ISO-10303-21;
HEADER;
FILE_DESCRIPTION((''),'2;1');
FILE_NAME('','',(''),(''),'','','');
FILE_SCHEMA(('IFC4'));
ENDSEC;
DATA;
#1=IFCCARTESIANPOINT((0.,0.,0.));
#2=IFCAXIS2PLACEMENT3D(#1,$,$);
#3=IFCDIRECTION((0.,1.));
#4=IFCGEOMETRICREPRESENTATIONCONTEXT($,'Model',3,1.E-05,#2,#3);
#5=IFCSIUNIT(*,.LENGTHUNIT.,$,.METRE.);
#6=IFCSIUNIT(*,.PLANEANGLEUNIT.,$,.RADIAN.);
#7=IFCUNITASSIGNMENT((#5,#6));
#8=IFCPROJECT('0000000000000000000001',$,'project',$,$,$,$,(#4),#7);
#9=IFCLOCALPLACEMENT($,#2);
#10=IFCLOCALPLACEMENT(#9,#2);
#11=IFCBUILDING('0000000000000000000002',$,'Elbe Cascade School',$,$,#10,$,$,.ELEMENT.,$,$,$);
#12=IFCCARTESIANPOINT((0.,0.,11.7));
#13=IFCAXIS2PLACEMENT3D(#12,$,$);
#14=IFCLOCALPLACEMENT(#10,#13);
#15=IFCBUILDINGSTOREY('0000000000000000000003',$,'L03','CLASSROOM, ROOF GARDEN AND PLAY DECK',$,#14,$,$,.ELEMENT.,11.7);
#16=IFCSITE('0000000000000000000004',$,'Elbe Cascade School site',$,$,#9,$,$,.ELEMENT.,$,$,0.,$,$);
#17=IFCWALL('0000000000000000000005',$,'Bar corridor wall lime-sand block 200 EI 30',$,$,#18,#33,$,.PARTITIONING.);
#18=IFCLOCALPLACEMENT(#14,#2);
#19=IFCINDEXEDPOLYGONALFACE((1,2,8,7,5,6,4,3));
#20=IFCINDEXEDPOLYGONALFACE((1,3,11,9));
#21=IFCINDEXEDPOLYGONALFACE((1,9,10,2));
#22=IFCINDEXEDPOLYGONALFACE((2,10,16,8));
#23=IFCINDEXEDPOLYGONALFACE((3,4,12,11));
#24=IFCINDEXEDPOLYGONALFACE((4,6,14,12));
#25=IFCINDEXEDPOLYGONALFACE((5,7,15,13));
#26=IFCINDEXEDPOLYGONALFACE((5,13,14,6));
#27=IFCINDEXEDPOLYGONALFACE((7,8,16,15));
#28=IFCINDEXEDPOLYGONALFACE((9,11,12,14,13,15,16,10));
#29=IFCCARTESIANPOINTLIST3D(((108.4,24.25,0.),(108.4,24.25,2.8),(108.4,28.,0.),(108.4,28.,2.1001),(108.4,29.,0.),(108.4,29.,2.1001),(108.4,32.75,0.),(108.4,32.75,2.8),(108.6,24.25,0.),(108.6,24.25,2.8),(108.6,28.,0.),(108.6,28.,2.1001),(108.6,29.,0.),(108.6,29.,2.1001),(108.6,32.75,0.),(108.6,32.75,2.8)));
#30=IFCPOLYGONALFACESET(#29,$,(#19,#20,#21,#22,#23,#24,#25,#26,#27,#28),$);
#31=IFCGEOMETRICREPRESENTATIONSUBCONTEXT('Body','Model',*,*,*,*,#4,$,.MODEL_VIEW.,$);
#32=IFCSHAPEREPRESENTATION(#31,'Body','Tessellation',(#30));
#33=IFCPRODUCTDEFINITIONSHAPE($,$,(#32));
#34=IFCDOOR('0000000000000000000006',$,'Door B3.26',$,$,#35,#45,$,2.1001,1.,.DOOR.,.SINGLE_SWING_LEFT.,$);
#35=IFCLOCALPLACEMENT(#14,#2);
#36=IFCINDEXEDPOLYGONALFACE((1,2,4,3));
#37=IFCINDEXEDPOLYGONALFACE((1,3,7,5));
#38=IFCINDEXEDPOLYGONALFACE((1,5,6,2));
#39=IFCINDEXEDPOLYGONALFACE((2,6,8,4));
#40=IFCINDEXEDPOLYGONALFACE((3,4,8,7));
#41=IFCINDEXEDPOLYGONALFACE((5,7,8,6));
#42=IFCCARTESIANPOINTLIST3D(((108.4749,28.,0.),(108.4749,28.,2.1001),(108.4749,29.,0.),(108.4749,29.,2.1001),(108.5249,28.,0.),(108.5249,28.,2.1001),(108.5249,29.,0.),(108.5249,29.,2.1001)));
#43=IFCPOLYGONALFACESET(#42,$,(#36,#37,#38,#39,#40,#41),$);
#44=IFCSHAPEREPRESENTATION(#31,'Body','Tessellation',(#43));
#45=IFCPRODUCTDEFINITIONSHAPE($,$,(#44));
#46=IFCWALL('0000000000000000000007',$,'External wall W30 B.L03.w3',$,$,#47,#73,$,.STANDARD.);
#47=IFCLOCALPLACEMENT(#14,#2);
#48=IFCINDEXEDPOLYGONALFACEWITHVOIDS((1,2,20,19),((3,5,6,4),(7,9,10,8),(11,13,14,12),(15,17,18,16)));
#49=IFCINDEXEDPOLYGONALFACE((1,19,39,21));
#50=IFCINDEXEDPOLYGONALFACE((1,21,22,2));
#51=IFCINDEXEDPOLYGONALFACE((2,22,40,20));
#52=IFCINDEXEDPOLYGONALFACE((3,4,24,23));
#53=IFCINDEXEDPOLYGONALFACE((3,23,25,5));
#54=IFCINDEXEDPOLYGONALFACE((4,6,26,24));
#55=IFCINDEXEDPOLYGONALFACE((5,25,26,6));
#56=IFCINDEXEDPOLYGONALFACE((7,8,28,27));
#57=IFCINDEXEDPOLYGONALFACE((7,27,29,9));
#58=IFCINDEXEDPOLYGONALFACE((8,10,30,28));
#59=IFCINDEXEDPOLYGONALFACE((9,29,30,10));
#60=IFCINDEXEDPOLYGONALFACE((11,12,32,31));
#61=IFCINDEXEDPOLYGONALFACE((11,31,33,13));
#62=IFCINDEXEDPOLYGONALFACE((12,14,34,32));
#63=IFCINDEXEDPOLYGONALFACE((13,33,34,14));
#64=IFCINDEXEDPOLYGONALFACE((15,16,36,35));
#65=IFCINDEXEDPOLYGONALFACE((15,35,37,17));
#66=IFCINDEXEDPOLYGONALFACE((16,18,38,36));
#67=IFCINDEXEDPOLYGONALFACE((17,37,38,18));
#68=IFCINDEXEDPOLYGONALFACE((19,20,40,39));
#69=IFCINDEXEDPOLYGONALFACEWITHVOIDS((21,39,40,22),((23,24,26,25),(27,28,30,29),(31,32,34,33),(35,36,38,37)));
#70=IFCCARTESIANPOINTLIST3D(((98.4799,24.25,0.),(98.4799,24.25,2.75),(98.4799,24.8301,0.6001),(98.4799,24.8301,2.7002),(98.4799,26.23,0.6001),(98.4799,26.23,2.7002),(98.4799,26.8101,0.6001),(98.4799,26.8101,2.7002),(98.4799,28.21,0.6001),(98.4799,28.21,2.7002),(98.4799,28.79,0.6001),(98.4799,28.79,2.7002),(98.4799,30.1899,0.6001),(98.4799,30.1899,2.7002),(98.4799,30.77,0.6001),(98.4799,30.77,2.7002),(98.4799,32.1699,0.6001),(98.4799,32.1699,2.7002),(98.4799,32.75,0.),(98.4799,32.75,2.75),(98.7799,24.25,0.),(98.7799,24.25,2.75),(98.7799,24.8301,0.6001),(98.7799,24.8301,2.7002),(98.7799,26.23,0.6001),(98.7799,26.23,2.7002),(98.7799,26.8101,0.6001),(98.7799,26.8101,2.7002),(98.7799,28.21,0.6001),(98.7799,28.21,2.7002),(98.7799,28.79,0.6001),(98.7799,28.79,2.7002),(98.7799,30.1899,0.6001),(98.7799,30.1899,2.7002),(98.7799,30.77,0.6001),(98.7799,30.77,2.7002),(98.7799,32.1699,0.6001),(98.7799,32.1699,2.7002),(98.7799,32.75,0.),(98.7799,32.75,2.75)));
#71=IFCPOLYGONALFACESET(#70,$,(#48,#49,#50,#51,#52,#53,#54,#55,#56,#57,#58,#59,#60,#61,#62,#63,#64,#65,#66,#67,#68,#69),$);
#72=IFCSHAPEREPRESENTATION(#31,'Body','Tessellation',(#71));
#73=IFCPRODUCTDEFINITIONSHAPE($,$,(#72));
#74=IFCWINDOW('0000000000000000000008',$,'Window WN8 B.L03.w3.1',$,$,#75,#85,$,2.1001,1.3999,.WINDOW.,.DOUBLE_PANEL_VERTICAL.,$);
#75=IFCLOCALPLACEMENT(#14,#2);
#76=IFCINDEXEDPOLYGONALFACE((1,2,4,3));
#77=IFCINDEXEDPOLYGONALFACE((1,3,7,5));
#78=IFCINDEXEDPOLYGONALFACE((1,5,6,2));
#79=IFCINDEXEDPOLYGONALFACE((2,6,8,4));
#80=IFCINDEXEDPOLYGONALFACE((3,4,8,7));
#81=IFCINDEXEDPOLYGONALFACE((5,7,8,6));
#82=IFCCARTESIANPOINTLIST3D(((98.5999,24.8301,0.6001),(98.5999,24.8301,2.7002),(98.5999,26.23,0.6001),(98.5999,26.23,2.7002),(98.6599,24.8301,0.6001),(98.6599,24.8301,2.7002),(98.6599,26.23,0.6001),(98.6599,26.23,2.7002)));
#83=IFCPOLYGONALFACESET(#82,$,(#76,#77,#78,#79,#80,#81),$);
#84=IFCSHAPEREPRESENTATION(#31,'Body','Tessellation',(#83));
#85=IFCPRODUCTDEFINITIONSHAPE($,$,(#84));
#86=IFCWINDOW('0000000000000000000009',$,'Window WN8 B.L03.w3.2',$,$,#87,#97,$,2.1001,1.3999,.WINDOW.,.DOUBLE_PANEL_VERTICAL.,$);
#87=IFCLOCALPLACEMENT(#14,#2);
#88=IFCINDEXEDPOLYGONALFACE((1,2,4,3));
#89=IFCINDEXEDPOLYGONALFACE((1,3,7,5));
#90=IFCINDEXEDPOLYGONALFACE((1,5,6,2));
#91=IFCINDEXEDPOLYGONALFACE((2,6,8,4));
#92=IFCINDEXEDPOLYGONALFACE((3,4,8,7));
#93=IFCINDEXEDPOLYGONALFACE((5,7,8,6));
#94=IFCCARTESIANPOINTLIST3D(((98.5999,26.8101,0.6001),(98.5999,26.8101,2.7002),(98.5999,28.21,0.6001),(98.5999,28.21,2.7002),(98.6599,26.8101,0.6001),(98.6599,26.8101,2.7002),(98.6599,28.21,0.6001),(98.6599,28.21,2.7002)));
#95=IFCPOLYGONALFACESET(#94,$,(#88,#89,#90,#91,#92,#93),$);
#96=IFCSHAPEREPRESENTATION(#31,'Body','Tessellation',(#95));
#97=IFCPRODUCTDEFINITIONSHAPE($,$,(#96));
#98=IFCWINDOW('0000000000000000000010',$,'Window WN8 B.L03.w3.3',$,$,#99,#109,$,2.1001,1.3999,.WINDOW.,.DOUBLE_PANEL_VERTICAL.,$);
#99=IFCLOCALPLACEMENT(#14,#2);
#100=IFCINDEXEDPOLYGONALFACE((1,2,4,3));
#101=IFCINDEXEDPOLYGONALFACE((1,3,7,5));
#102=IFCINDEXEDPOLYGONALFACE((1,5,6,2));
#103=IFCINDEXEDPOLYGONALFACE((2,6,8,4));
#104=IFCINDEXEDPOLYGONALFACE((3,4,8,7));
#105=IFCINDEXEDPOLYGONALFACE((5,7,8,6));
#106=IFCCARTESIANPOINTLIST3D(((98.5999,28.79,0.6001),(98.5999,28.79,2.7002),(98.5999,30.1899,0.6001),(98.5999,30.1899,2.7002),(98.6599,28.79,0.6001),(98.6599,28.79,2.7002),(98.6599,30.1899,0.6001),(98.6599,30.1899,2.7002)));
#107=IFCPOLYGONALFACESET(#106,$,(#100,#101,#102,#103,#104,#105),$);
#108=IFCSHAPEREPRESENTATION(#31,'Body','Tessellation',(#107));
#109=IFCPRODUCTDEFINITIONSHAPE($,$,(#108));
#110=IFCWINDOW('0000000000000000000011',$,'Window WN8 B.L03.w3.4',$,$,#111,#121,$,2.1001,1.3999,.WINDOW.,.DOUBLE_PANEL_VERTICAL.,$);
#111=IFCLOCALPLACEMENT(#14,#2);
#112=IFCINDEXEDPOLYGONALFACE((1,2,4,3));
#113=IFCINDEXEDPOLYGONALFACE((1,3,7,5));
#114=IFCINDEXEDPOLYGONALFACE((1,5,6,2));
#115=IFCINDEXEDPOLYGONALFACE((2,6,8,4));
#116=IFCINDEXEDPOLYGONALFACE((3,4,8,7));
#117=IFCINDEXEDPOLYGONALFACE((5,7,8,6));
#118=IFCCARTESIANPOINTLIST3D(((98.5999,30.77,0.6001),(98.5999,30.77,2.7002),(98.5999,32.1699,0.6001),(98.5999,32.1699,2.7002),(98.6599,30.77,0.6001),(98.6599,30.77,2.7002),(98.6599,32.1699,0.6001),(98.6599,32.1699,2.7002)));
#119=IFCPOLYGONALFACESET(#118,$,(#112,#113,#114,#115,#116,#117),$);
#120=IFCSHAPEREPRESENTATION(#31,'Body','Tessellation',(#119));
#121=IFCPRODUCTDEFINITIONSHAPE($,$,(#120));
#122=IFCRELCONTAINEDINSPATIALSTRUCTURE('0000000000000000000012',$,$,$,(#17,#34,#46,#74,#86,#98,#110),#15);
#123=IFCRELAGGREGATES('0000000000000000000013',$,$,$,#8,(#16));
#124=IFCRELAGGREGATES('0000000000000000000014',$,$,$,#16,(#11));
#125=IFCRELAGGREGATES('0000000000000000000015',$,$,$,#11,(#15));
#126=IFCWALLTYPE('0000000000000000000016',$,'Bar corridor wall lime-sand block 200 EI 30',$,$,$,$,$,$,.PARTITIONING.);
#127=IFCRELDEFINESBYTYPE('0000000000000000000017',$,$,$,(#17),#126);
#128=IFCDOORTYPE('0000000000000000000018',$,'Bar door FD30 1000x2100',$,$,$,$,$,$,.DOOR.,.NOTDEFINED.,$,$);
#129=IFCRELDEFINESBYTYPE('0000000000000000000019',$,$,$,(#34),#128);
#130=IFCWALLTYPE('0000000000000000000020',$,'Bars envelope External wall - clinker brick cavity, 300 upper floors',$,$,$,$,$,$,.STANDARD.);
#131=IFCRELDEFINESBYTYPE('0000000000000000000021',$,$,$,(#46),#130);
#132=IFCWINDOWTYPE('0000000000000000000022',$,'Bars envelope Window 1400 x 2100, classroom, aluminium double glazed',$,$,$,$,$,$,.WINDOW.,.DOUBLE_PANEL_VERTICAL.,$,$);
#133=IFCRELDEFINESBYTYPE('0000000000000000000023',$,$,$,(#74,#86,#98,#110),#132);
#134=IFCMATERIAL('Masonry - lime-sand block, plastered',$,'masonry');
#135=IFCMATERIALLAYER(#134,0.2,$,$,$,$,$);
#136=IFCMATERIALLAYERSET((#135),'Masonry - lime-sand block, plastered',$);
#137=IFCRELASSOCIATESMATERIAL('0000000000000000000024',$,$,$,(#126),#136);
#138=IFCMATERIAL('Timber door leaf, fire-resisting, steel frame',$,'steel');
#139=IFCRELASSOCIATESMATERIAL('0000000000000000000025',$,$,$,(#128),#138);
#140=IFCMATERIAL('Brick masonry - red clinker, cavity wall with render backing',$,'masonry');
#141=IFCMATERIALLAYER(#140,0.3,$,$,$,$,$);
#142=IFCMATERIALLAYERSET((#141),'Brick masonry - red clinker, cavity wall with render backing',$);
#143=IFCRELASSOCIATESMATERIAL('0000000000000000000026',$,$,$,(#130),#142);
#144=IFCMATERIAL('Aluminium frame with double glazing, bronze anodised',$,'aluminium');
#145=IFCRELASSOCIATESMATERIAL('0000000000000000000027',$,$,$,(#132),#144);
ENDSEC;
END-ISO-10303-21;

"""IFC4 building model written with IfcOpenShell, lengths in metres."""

from ifc_helpers import new_model, si_unit, direction, frame, frame_2d, origin, place, context, subcontext, project, spatial, rectangle, extrude, material, layer, layer_set, type_object, element, fill, save


model = new_model("IFC4")

# Units and contexts
model_context = context("Model", 3, precision=1e-05, world=origin(), true_north=direction((0.0, 1.0)))
body_context = subcontext(model_context, "Body", "Model", "MODEL_VIEW")
ifc_project = project(units=[si_unit("LENGTHUNIT", "METRE"), si_unit("PLANEANGLEUNIT", "RADIAN")], contexts=[model_context])

# Site, building, storey
site_placement = place(None, origin())
site = spatial("IfcSite", under=ifc_project, at=site_placement, Name="Elbe Cascade School site", CompositionType="ELEMENT", RefElevation=0.0)
building_placement = place(site_placement, origin())
building = spatial("IfcBuilding", under=site, at=building_placement, Name="Elbe Cascade School", CompositionType="ELEMENT")
storey_placement = place(building_placement, frame((0.0, 0.0, 11.7)))
storey = spatial("IfcBuildingStorey", under=building, at=storey_placement, Name="L03", Description="CLASSROOM, ROOF GARDEN AND PLAY DECK", CompositionType="ELEMENT", Elevation=11.7)

# Wall, opening, door
ifc_material_1 = material(Name="Masonry - lime-sand block, plastered", Category="masonry")
ifc_layer_1 = layer(ifc_material_1, 0.2)
ifc_layer_set_1 = layer_set([ifc_layer_1], Name="Masonry - lime-sand block, plastered")
wall_type_1 = type_object("IfcWallType", Name="Bar corridor wall lime-sand block 200 EI 30", PredefinedType="PARTITIONING", material=ifc_layer_set_1)
ifc_material_2 = material(Name="Timber door leaf, fire-resisting, steel frame", Category="steel")
door_type = type_object("IfcDoorType", Name="Bar door FD30 1000x2100", OperationType="NOTDEFINED", PredefinedType="DOOR", material=ifc_material_2)
wall_1_placement = place(storey_placement, frame((108.5, 32.75, 0.0), z_axis=(0.0, 0.0, 1.0), x_axis=(0.0, -1.0, 0.0)))
wall_1 = element("IfcWall", 1, at=wall_1_placement, inside=storey, type_object=wall_type_1, Name="Bar corridor wall lime-sand block 200 EI 30", PredefinedType="PARTITIONING", context=body_context, shape_type="SweptSolid", body=[
    extrude(rectangle(XDim=8.5, YDim=0.2, at=frame_2d((4.25, 0.0))), origin(), (0.0, 0.0, 1.0), 2.8),
])
opening_1_placement = place(wall_1_placement, frame((3.75, 0.0, 0.0)))
opening_1 = element("IfcOpeningElement", 2, at=opening_1_placement, cuts=wall_1, PredefinedType="OPENING", context=body_context, shape_type="SweptSolid", body=[
    extrude(rectangle(XDim=1.0, YDim=2.1001, at=frame_2d((0.5, 1.05))), frame((0.0, 0.1099, 0.0), z_axis=(0.0, -1.0, 0.0), x_axis=(1.0, 0.0, 0.0)), (0.0, 0.0, 1.0), 0.22),
])
door_1_placement = place(opening_1_placement, origin())
door_1 = element("IfcDoor", 3, at=door_1_placement, inside=storey, type_object=door_type, Name="Door B3.26", OperationType="SINGLE_SWING_LEFT", OverallHeight=2.1001, OverallWidth=1.0, PredefinedType="DOOR", context=body_context, shape_type="SweptSolid", body=[
    extrude(rectangle(XDim=1.0, YDim=2.1001, at=frame_2d((0.5, 1.05))), frame((0.0, 0.0249, 0.0), z_axis=(0.0, -1.0, 0.0), x_axis=(1.0, 0.0, 0.0)), (0.0, 0.0, 1.0), 0.05),
])
fill(opening_1, door_1)

# Wall, openings, windows
ifc_material_3 = material(Name="Brick masonry - red clinker, cavity wall with render backing", Category="masonry")
ifc_layer_2 = layer(ifc_material_3, 0.3)
ifc_layer_set_2 = layer_set([ifc_layer_2], Name="Brick masonry - red clinker, cavity wall with render backing")
wall_type_2 = type_object("IfcWallType", Name="Bars envelope External wall - clinker brick cavity, 300 upper floors", PredefinedType="STANDARD", material=ifc_layer_set_2)
wall_2_placement = place(storey_placement, frame((98.6299, 24.25, 0.0), z_axis=(0.0, 0.0, 1.0), x_axis=(0.0, 1.0, 0.0)))
wall_2 = element("IfcWall", 4, at=wall_2_placement, inside=storey, type_object=wall_type_2, Name="External wall W30 B.L03.w3", PredefinedType="STANDARD", context=body_context, shape_type="SweptSolid", body=[
    extrude(rectangle(XDim=8.5, YDim=0.3, at=frame_2d((4.25, 0.0))), origin(), (0.0, 0.0, 1.0), 2.75),
])
opening_2_placement = place(wall_2_placement, frame((0.5801, 0.0, 0.6001)))
opening_2 = element("IfcOpeningElement", 5, at=opening_2_placement, cuts=wall_2, PredefinedType="OPENING", context=body_context, shape_type="SweptSolid", body=[
    extrude(rectangle(XDim=1.3999, YDim=2.1001, at=frame_2d((0.7, 1.05))), frame((0.0, 0.1599, 0.0), z_axis=(0.0, -1.0, 0.0), x_axis=(1.0, 0.0, 0.0)), (0.0, 0.0, 1.0), 0.3201),
])
opening_3_placement = place(wall_2_placement, frame((2.5601, 0.0, 0.6001)))
opening_3 = element("IfcOpeningElement", 6, at=opening_3_placement, cuts=wall_2, PredefinedType="OPENING", context=body_context, shape_type="SweptSolid", body=[
    extrude(rectangle(XDim=1.3999, YDim=2.1001, at=frame_2d((0.7, 1.05))), frame((0.0, 0.1599, 0.0), z_axis=(0.0, -1.0, 0.0), x_axis=(1.0, 0.0, 0.0)), (0.0, 0.0, 1.0), 0.3201),
])
opening_4_placement = place(wall_2_placement, frame((4.54, 0.0, 0.6001)))
opening_4 = element("IfcOpeningElement", 7, at=opening_4_placement, cuts=wall_2, PredefinedType="OPENING", context=body_context, shape_type="SweptSolid", body=[
    extrude(rectangle(XDim=1.3999, YDim=2.1001, at=frame_2d((0.7, 1.05))), frame((0.0, 0.1599, 0.0), z_axis=(0.0, -1.0, 0.0), x_axis=(1.0, 0.0, 0.0)), (0.0, 0.0, 1.0), 0.3201),
])
opening_5_placement = place(wall_2_placement, frame((6.52, 0.0, 0.6001)))
opening_5 = element("IfcOpeningElement", 8, at=opening_5_placement, cuts=wall_2, PredefinedType="OPENING", context=body_context, shape_type="SweptSolid", body=[
    extrude(rectangle(XDim=1.3999, YDim=2.1001, at=frame_2d((0.7, 1.05))), frame((0.0, 0.1599, 0.0), z_axis=(0.0, -1.0, 0.0), x_axis=(1.0, 0.0, 0.0)), (0.0, 0.0, 1.0), 0.3201),
])
ifc_material_4 = material(Name="Aluminium frame with double glazing, bronze anodised", Category="aluminium")
window_type = type_object("IfcWindowType", Name="Bars envelope Window 1400 x 2100, classroom, aluminium double glazed", PartitioningType="DOUBLE_PANEL_VERTICAL", PredefinedType="WINDOW", material=ifc_material_4)
window_1_placement = place(opening_2_placement, origin())
window_1 = element("IfcWindow", 9, at=window_1_placement, inside=storey, type_object=window_type, Name="Window WN8 B.L03.w3.1", OverallHeight=2.1001, OverallWidth=1.3999, PartitioningType="DOUBLE_PANEL_VERTICAL", PredefinedType="WINDOW", context=body_context, shape_type="SweptSolid", body=[
    extrude(rectangle(XDim=1.3999, YDim=2.1001, at=frame_2d((0.7, 1.05))), frame((0.0, 0.03, 0.0), z_axis=(0.0, -1.0, 0.0), x_axis=(1.0, 0.0, 0.0)), (0.0, 0.0, 1.0), 0.0601),
])
fill(opening_2, window_1)
window_2_placement = place(opening_3_placement, origin())
window_2 = element("IfcWindow", 10, at=window_2_placement, inside=storey, type_object=window_type, Name="Window WN8 B.L03.w3.2", OverallHeight=2.1001, OverallWidth=1.3999, PartitioningType="DOUBLE_PANEL_VERTICAL", PredefinedType="WINDOW", context=body_context, shape_type="SweptSolid", body=[
    extrude(rectangle(XDim=1.3999, YDim=2.1001, at=frame_2d((0.7, 1.05))), frame((0.0, 0.03, 0.0), z_axis=(0.0, -1.0, 0.0), x_axis=(1.0, 0.0, 0.0)), (0.0, 0.0, 1.0), 0.0601),
])
fill(opening_3, window_2)
window_3_placement = place(opening_4_placement, origin())
window_3 = element("IfcWindow", 11, at=window_3_placement, inside=storey, type_object=window_type, Name="Window WN8 B.L03.w3.3", OverallHeight=2.1001, OverallWidth=1.3999, PartitioningType="DOUBLE_PANEL_VERTICAL", PredefinedType="WINDOW", context=body_context, shape_type="SweptSolid", body=[
    extrude(rectangle(XDim=1.3999, YDim=2.1001, at=frame_2d((0.7, 1.05))), frame((0.0, 0.03, 0.0), z_axis=(0.0, -1.0, 0.0), x_axis=(1.0, 0.0, 0.0)), (0.0, 0.0, 1.0), 0.0601),
])
fill(opening_4, window_3)
window_4_placement = place(opening_5_placement, origin())
window_4 = element("IfcWindow", 12, at=window_4_placement, inside=storey, type_object=window_type, Name="Window WN8 B.L03.w3.4", OverallHeight=2.1001, OverallWidth=1.3999, PartitioningType="DOUBLE_PANEL_VERTICAL", PredefinedType="WINDOW", context=body_context, shape_type="SweptSolid", body=[
    extrude(rectangle(XDim=1.3999, YDim=2.1001, at=frame_2d((0.7, 1.05))), frame((0.0, 0.03, 0.0), z_axis=(0.0, -1.0, 0.0), x_axis=(1.0, 0.0, 0.0)), (0.0, 0.0, 1.0), 0.0601),
])
fill(opening_5, window_4)

save(model, "model.ifc")
